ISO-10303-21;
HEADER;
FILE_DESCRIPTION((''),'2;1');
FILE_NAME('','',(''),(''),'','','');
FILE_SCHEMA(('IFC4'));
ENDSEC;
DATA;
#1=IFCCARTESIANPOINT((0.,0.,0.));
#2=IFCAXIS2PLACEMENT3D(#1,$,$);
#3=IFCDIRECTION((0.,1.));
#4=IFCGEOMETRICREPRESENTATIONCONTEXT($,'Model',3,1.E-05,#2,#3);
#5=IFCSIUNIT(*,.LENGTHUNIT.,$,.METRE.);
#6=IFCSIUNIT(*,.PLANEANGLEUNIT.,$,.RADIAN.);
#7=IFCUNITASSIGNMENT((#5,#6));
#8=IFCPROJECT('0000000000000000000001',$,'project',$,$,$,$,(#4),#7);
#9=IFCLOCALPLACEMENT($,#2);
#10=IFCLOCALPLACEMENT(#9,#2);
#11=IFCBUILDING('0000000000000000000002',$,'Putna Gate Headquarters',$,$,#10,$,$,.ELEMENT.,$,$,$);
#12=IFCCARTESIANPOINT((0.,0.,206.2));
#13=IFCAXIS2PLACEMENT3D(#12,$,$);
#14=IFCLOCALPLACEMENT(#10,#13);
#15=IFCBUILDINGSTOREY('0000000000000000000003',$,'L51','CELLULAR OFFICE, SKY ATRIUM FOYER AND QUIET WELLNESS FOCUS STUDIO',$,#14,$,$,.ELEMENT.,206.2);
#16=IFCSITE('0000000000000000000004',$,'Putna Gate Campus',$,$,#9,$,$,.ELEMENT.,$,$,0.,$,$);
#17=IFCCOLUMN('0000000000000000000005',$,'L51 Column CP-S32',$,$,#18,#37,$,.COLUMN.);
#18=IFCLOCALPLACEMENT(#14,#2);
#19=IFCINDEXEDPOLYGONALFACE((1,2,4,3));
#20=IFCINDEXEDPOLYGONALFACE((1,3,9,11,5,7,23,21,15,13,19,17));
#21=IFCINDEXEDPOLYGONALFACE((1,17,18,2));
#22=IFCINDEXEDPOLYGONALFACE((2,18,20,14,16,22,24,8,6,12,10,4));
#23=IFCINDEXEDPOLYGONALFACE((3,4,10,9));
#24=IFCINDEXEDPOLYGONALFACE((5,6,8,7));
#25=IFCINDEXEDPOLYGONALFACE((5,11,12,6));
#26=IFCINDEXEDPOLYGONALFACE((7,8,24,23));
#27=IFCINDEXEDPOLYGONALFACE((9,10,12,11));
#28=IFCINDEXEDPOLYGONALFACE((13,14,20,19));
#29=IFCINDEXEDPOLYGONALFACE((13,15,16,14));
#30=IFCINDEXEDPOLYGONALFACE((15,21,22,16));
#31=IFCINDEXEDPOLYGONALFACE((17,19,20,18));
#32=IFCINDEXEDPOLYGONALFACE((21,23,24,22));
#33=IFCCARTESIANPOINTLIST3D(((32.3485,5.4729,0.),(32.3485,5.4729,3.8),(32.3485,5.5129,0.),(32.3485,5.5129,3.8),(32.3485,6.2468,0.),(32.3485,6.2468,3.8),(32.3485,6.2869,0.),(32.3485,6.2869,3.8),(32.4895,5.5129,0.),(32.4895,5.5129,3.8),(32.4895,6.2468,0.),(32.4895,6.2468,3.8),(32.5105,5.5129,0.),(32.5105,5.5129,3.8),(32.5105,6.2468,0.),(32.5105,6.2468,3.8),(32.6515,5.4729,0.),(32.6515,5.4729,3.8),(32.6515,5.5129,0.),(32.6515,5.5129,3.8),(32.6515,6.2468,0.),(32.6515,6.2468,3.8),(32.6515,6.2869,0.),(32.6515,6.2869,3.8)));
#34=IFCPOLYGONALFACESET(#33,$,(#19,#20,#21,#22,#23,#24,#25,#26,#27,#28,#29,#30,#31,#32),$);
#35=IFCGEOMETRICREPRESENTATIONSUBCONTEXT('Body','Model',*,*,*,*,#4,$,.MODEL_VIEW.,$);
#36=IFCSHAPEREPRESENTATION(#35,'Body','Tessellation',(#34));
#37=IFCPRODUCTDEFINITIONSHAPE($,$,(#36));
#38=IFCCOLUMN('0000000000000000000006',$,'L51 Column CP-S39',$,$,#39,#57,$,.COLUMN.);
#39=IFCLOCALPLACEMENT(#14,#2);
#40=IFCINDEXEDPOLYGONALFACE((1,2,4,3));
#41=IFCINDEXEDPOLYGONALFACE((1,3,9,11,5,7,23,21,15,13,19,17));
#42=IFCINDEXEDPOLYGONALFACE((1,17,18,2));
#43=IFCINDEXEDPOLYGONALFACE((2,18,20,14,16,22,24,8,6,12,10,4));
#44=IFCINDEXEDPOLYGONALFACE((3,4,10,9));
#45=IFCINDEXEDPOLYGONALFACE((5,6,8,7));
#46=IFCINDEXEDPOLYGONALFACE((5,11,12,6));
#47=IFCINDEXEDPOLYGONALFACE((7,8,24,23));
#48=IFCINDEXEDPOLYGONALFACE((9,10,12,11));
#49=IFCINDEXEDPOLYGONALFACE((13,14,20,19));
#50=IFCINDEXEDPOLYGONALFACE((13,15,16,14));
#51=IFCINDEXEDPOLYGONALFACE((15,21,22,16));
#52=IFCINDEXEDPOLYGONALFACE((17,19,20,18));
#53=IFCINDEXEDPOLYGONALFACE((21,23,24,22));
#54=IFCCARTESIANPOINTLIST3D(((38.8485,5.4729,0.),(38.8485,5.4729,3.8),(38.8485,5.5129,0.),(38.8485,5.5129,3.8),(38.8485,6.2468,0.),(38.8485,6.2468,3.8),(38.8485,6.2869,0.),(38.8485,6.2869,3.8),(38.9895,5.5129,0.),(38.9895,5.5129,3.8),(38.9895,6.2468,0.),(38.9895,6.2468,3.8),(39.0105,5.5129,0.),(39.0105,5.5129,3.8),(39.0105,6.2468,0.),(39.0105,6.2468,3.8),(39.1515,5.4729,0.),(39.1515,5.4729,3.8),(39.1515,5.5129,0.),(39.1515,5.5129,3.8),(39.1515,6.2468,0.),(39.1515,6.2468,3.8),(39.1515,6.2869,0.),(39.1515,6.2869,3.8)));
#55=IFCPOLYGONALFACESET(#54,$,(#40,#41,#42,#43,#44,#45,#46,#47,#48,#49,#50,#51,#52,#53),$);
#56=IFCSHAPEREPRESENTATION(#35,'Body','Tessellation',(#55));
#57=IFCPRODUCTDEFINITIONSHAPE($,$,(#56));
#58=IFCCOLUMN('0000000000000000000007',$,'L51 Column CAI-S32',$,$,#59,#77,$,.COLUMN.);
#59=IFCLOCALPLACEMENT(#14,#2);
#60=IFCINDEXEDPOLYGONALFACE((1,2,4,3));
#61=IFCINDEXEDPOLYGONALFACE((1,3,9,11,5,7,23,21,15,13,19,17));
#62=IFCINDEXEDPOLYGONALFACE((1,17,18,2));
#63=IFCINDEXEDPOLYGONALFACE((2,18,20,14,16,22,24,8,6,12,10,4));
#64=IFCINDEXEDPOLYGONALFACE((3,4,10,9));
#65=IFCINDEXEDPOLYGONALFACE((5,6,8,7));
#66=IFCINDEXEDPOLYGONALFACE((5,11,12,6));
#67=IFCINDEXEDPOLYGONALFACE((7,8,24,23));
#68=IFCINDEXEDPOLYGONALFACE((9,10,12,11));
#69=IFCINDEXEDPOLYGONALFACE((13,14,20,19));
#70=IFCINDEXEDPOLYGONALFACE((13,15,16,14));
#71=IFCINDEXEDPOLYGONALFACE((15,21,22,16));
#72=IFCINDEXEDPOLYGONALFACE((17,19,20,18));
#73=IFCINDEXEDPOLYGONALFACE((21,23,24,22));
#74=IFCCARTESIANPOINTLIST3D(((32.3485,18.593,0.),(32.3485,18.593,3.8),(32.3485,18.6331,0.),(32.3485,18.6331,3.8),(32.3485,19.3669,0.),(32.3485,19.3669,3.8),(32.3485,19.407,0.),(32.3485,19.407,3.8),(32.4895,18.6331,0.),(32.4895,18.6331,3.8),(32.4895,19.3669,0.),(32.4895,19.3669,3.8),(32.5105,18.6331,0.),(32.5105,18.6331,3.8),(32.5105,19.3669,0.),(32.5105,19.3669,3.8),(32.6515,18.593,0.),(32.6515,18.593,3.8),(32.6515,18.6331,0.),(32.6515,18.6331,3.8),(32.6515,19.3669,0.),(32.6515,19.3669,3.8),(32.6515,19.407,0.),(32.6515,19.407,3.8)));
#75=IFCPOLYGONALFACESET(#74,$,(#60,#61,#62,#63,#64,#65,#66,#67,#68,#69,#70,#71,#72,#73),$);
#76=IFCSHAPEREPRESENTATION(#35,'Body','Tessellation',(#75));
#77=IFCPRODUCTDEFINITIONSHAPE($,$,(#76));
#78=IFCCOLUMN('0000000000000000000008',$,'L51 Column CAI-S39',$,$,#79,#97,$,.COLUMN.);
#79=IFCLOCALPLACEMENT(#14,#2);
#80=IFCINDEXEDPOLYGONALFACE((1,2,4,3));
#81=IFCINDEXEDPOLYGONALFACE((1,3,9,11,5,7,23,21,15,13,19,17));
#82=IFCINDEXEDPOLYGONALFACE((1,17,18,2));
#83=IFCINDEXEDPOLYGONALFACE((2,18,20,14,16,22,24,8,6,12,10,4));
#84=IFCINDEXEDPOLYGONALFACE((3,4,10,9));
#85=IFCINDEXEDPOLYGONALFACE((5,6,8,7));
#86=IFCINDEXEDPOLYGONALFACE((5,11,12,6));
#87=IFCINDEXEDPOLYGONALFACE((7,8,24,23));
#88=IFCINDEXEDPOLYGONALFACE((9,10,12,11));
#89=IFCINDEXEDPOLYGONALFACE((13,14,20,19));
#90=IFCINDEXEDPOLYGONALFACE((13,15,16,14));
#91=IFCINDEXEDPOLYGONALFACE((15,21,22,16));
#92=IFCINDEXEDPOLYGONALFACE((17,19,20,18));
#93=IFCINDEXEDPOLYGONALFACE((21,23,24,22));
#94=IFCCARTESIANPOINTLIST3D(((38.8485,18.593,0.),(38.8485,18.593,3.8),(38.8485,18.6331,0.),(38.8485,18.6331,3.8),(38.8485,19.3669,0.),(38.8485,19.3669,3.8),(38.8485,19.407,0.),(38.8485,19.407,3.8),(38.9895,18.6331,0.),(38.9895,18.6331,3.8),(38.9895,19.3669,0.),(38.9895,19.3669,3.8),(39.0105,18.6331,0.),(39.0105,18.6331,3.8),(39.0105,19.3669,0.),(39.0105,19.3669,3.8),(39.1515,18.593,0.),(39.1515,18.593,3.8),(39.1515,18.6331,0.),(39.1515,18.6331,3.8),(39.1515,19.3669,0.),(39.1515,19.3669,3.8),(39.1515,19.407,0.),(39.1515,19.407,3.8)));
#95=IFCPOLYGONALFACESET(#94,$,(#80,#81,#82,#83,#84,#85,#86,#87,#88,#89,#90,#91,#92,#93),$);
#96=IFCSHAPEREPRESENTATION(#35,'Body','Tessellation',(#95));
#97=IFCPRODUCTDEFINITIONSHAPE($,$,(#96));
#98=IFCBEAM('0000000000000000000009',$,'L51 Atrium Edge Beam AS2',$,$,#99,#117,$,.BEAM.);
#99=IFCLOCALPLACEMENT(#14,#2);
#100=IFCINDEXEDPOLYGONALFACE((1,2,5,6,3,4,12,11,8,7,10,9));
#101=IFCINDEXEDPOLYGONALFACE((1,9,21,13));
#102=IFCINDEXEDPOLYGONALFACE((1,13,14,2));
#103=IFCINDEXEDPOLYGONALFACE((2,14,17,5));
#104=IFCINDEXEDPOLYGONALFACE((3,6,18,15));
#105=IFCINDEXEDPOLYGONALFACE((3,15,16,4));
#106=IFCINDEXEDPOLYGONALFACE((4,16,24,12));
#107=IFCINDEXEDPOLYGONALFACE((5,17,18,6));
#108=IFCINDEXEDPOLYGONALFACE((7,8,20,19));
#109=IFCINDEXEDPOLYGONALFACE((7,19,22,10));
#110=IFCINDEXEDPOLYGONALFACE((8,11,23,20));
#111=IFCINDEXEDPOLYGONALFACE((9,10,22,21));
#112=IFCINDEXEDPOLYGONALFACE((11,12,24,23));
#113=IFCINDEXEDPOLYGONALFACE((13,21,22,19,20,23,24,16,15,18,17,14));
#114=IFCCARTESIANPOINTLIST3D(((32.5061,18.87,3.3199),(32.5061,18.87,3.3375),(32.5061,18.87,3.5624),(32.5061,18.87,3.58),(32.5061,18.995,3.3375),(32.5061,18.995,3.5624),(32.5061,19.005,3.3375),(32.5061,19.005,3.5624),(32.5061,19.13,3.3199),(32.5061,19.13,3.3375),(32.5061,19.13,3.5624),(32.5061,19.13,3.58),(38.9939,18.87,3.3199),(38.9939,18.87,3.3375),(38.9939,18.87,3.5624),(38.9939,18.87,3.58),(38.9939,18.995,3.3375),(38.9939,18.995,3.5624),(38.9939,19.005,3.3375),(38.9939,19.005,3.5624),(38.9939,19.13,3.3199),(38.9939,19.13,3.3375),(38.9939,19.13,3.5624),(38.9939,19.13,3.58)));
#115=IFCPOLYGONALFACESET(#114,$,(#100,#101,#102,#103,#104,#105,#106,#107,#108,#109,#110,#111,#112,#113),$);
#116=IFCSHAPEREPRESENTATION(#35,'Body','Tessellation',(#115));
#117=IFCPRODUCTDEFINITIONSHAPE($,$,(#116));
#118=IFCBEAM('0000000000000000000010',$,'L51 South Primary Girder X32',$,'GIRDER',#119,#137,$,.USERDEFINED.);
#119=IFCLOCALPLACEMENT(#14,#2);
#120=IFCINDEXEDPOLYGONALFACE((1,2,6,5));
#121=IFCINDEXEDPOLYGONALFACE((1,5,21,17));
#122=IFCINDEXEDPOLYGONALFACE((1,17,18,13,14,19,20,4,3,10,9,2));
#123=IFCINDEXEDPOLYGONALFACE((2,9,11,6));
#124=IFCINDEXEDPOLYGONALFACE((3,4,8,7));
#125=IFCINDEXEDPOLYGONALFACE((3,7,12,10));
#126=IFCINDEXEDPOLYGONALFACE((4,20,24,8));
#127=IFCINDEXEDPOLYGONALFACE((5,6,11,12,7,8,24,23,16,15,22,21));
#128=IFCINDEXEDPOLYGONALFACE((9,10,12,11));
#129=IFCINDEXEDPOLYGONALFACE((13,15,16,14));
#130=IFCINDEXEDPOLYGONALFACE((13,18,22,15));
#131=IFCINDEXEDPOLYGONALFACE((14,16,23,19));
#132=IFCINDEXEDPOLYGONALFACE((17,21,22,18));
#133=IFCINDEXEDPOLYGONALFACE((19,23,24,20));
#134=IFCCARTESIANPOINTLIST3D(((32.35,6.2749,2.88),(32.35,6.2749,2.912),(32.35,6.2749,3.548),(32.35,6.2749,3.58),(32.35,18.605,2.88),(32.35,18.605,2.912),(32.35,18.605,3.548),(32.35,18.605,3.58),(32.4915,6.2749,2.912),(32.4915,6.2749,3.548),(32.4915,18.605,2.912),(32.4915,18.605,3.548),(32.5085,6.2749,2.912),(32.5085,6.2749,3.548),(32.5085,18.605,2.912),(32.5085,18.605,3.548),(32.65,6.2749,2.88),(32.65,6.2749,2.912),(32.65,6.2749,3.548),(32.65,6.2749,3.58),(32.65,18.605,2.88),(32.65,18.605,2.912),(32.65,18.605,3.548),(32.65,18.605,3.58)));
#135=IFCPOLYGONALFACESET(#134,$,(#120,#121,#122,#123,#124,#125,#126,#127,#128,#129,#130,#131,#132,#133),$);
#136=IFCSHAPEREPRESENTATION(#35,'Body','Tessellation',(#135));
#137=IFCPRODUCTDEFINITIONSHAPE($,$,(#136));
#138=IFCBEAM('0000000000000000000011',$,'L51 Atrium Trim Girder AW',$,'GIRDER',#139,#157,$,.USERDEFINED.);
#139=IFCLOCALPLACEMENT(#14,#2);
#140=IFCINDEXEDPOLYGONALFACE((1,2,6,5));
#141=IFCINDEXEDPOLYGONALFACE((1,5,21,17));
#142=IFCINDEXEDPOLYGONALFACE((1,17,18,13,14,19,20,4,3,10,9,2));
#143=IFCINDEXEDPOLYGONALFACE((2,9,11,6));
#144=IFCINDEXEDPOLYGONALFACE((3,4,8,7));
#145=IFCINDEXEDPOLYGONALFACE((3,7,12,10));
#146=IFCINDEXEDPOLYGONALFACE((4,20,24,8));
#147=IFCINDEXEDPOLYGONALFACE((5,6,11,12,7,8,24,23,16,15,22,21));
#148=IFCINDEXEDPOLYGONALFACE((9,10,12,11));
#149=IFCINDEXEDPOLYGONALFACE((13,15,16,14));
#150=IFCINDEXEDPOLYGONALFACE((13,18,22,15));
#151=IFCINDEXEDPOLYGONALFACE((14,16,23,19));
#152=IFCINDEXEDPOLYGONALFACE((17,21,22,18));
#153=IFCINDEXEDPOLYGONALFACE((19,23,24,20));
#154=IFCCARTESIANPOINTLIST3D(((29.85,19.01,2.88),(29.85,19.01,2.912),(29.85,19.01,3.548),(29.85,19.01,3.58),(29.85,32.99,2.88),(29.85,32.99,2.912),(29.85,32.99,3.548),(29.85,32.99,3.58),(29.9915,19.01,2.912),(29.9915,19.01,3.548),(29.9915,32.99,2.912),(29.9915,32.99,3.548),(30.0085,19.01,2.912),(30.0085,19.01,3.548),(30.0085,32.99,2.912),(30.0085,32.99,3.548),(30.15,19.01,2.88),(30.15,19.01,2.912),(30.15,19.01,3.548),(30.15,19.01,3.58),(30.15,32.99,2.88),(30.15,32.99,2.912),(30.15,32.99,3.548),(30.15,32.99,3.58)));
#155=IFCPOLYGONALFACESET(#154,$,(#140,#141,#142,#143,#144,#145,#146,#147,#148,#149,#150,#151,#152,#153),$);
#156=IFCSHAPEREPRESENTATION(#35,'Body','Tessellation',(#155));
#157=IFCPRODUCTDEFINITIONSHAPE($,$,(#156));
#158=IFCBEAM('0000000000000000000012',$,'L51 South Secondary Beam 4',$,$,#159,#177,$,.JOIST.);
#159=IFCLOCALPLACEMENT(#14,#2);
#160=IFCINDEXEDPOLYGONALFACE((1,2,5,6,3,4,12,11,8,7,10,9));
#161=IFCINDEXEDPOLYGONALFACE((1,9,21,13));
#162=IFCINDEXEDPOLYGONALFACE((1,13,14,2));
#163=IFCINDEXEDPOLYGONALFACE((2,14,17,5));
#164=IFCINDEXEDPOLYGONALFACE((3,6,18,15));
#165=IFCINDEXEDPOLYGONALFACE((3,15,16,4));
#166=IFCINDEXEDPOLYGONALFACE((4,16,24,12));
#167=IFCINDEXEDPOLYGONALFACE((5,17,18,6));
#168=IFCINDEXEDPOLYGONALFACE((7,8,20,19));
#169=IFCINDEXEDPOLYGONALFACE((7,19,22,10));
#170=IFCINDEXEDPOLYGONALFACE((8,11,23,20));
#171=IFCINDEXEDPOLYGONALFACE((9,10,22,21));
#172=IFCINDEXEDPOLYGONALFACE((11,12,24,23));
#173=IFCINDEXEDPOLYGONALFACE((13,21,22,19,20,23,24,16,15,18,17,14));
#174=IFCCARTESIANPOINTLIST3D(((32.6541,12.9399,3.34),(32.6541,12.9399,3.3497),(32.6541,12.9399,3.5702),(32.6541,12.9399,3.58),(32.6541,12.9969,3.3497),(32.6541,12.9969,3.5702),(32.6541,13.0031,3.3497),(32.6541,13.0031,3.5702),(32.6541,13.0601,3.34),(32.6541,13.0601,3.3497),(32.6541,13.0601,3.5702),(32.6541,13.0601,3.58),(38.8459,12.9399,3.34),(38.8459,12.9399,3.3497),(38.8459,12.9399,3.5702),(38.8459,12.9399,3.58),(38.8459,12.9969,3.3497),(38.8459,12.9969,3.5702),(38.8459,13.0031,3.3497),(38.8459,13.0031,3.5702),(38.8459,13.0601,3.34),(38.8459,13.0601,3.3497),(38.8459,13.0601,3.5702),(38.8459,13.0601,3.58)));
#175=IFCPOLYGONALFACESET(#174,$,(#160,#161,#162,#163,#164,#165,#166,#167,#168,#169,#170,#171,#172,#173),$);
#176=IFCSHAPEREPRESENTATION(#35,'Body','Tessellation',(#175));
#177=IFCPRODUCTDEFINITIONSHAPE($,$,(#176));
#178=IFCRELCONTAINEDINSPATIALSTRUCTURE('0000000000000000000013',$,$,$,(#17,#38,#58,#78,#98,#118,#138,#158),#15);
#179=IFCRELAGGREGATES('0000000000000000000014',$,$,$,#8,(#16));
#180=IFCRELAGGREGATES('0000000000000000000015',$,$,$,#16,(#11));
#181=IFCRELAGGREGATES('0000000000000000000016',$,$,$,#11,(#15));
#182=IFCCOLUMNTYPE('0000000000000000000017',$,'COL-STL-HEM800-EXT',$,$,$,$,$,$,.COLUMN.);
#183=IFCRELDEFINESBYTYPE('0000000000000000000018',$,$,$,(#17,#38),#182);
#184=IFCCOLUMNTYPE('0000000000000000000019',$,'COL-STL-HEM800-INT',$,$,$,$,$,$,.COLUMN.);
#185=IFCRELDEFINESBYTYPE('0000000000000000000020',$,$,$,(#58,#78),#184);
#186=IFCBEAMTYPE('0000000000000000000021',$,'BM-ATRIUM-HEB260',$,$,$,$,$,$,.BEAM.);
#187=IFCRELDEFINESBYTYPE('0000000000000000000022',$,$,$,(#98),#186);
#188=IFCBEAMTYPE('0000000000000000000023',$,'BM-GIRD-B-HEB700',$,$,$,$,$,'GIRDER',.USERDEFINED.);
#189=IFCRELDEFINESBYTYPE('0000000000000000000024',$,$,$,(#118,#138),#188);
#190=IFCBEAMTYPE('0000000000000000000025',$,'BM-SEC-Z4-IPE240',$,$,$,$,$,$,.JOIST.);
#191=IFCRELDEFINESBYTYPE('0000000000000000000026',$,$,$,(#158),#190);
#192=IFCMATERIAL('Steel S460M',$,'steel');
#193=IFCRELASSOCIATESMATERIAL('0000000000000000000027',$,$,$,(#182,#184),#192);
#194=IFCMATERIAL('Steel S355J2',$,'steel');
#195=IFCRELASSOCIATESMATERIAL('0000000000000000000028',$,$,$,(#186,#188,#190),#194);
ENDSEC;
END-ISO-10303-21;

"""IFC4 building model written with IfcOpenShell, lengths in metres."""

from ifc_helpers import new_model, si_unit, direction, frame, origin, origin_2d, place, context, subcontext, project, spatial, i_section, extrude, material, material_profile, profile_set, type_object, element, save


model = new_model("IFC4")

# Units and contexts
model_context = context("Model", 3, precision=1e-05, world=origin(), true_north=direction((0.0, 1.0)))
body_context = subcontext(model_context, "Body", "Model", "MODEL_VIEW")
ifc_project = project(units=[si_unit("LENGTHUNIT", "METRE"), si_unit("PLANEANGLEUNIT", "RADIAN")], contexts=[model_context])

# Site, building, storey
site_placement = place(None, origin())
site = spatial("IfcSite", under=ifc_project, at=site_placement, Name="Putna Gate Campus", CompositionType="ELEMENT", RefElevation=0.0)
building_placement = place(site_placement, origin())
building = spatial("IfcBuilding", under=site, at=building_placement, Name="Putna Gate Headquarters", CompositionType="ELEMENT")
storey_placement = place(building_placement, frame((0.0, 0.0, 206.2)))
storey = spatial("IfcBuildingStorey", under=building, at=storey_placement, Name="L51", Description="CELLULAR OFFICE, SKY ATRIUM FOYER AND QUIET WELLNESS FOCUS STUDIO", CompositionType="ELEMENT", Elevation=206.2)

# Columns
ifc_material_1 = material(Name="Steel S460M", Category="steel")
ifc_material_profile_1 = material_profile(ifc_material_1, i_section(OverallWidth=0.303, OverallDepth=0.814, WebThickness=0.021, FlangeThickness=0.04, at=origin_2d()), Name="Steel S460M")
ifc_profile_set_1 = profile_set([ifc_material_profile_1], Name="Steel S460M")
column_type_1 = type_object("IfcColumnType", Name="COL-STL-HEM800-EXT", PredefinedType="COLUMN", material=ifc_profile_set_1)
for number, where, z_axis, x_axis, name in (
    (1, (32.5, 5.8799, 0.0), (0.0, 0.0, 1.0), (1.0, 0.0, 0.0), "L51 Column CP-S32"),
    (2, (39.0, 5.8799, 0.0), (0.0, 0.0, 1.0), (1.0, 0.0, 0.0), "L51 Column CP-S39"),
):
    element("IfcColumn", number, at=place(storey_placement, frame(where, z_axis=z_axis, x_axis=x_axis)), inside=storey, type_object=column_type_1, Name=name, PredefinedType="COLUMN", context=body_context, shape_type="SweptSolid", body=[
        extrude(i_section(OverallWidth=0.303, OverallDepth=0.814, WebThickness=0.021, FlangeThickness=0.04, at=origin_2d()), origin(), (0.0, 0.0, 1.0), 3.8),
    ])
ifc_material_profile_2 = material_profile(ifc_material_1, i_section(OverallWidth=0.303, OverallDepth=0.814, WebThickness=0.021, FlangeThickness=0.04, at=origin_2d()), Name="Steel S460M")
ifc_profile_set_2 = profile_set([ifc_material_profile_2], Name="Steel S460M")
column_type_2 = type_object("IfcColumnType", Name="COL-STL-HEM800-INT", PredefinedType="COLUMN", material=ifc_profile_set_2)
for number, where, z_axis, x_axis, name in (
    (3, (32.5, 19.0, 0.0), (0.0, 0.0, 1.0), (1.0, 0.0, 0.0), "L51 Column CAI-S32"),
    (4, (39.0, 19.0, 0.0), (0.0, 0.0, 1.0), (1.0, 0.0, 0.0), "L51 Column CAI-S39"),
):
    element("IfcColumn", number, at=place(storey_placement, frame(where, z_axis=z_axis, x_axis=x_axis)), inside=storey, type_object=column_type_2, Name=name, PredefinedType="COLUMN", context=body_context, shape_type="SweptSolid", body=[
        extrude(i_section(OverallWidth=0.303, OverallDepth=0.814, WebThickness=0.021, FlangeThickness=0.04, at=origin_2d()), origin(), (0.0, 0.0, 1.0), 3.8),
    ])

# Beams
ifc_material_2 = material(Name="Steel S355J2", Category="steel")
ifc_material_profile_3 = material_profile(ifc_material_2, i_section(OverallWidth=0.26, OverallDepth=0.26, WebThickness=0.01, FlangeThickness=0.0176, at=origin_2d()), Name="Steel S355J2")
ifc_profile_set_3 = profile_set([ifc_material_profile_3], Name="Steel S355J2")
beam_type_1 = type_object("IfcBeamType", Name="BM-ATRIUM-HEB260", PredefinedType="BEAM", material=ifc_profile_set_3)
beam_1_placement = place(storey_placement, frame((32.5061, 19.0, 3.45), z_axis=(1.0, 0.0, 0.0), x_axis=(0.0, 1.0, 0.0)))
element("IfcBeam", 5, at=beam_1_placement, inside=storey, type_object=beam_type_1, Name="L51 Atrium Edge Beam AS2", PredefinedType="BEAM", context=body_context, shape_type="SweptSolid", body=[
    extrude(i_section(OverallWidth=0.26, OverallDepth=0.26, WebThickness=0.01, FlangeThickness=0.0176, at=origin_2d()), origin(), (0.0, 0.0, 1.0), 6.4878),
])
ifc_material_profile_4 = material_profile(ifc_material_2, i_section(OverallWidth=0.3, OverallDepth=0.7, WebThickness=0.0171, FlangeThickness=0.032, at=origin_2d()), Name="Steel S355J2")
ifc_profile_set_4 = profile_set([ifc_material_profile_4], Name="Steel S355J2")
beam_type_2 = type_object("IfcBeamType", Name="BM-GIRD-B-HEB700", ElementType="GIRDER", PredefinedType="USERDEFINED", material=ifc_profile_set_4)
beam_2_placement = place(storey_placement, frame((32.5, 6.2749, 3.23), z_axis=(0.0, 1.0, 0.0), x_axis=(-1.0, 0.0, 0.0)))
element("IfcBeam", 6, at=beam_2_placement, inside=storey, type_object=beam_type_2, Name="L51 South Primary Girder X32", ObjectType="GIRDER", PredefinedType="USERDEFINED", context=body_context, shape_type="SweptSolid", body=[
    extrude(i_section(OverallWidth=0.3, OverallDepth=0.7, WebThickness=0.0171, FlangeThickness=0.032, at=origin_2d()), origin(), (0.0, 0.0, 1.0), 12.3301),
])
beam_3_placement = place(storey_placement, frame((30.0, 19.01, 3.23), z_axis=(0.0, 1.0, 0.0), x_axis=(-1.0, 0.0, 0.0)))
element("IfcBeam", 7, at=beam_3_placement, inside=storey, type_object=beam_type_2, Name="L51 Atrium Trim Girder AW", ObjectType="GIRDER", PredefinedType="USERDEFINED", context=body_context, shape_type="SweptSolid", body=[
    extrude(i_section(OverallWidth=0.3, OverallDepth=0.7, WebThickness=0.0171, FlangeThickness=0.032, at=origin_2d()), origin(), (0.0, 0.0, 1.0), 13.98),
])
ifc_material_profile_5 = material_profile(ifc_material_2, i_section(OverallWidth=0.1201, OverallDepth=0.24, WebThickness=0.0061, FlangeThickness=0.0098, at=origin_2d()), Name="Steel S355J2")
ifc_profile_set_5 = profile_set([ifc_material_profile_5], Name="Steel S355J2")
beam_type_3 = type_object("IfcBeamType", Name="BM-SEC-Z4-IPE240", PredefinedType="JOIST", material=ifc_profile_set_5)
beam_4_placement = place(storey_placement, frame((32.6541, 13.0, 3.46), z_axis=(1.0, 0.0, 0.0), x_axis=(0.0, 1.0, 0.0)))
element("IfcBeam", 8, at=beam_4_placement, inside=storey, type_object=beam_type_3, Name="L51 South Secondary Beam 4", PredefinedType="JOIST", context=body_context, shape_type="SweptSolid", body=[
    extrude(i_section(OverallWidth=0.1201, OverallDepth=0.24, WebThickness=0.0061, FlangeThickness=0.0098, at=origin_2d()), origin(), (0.0, 0.0, 1.0), 6.1919),
])

save(model, "model.ifc")
